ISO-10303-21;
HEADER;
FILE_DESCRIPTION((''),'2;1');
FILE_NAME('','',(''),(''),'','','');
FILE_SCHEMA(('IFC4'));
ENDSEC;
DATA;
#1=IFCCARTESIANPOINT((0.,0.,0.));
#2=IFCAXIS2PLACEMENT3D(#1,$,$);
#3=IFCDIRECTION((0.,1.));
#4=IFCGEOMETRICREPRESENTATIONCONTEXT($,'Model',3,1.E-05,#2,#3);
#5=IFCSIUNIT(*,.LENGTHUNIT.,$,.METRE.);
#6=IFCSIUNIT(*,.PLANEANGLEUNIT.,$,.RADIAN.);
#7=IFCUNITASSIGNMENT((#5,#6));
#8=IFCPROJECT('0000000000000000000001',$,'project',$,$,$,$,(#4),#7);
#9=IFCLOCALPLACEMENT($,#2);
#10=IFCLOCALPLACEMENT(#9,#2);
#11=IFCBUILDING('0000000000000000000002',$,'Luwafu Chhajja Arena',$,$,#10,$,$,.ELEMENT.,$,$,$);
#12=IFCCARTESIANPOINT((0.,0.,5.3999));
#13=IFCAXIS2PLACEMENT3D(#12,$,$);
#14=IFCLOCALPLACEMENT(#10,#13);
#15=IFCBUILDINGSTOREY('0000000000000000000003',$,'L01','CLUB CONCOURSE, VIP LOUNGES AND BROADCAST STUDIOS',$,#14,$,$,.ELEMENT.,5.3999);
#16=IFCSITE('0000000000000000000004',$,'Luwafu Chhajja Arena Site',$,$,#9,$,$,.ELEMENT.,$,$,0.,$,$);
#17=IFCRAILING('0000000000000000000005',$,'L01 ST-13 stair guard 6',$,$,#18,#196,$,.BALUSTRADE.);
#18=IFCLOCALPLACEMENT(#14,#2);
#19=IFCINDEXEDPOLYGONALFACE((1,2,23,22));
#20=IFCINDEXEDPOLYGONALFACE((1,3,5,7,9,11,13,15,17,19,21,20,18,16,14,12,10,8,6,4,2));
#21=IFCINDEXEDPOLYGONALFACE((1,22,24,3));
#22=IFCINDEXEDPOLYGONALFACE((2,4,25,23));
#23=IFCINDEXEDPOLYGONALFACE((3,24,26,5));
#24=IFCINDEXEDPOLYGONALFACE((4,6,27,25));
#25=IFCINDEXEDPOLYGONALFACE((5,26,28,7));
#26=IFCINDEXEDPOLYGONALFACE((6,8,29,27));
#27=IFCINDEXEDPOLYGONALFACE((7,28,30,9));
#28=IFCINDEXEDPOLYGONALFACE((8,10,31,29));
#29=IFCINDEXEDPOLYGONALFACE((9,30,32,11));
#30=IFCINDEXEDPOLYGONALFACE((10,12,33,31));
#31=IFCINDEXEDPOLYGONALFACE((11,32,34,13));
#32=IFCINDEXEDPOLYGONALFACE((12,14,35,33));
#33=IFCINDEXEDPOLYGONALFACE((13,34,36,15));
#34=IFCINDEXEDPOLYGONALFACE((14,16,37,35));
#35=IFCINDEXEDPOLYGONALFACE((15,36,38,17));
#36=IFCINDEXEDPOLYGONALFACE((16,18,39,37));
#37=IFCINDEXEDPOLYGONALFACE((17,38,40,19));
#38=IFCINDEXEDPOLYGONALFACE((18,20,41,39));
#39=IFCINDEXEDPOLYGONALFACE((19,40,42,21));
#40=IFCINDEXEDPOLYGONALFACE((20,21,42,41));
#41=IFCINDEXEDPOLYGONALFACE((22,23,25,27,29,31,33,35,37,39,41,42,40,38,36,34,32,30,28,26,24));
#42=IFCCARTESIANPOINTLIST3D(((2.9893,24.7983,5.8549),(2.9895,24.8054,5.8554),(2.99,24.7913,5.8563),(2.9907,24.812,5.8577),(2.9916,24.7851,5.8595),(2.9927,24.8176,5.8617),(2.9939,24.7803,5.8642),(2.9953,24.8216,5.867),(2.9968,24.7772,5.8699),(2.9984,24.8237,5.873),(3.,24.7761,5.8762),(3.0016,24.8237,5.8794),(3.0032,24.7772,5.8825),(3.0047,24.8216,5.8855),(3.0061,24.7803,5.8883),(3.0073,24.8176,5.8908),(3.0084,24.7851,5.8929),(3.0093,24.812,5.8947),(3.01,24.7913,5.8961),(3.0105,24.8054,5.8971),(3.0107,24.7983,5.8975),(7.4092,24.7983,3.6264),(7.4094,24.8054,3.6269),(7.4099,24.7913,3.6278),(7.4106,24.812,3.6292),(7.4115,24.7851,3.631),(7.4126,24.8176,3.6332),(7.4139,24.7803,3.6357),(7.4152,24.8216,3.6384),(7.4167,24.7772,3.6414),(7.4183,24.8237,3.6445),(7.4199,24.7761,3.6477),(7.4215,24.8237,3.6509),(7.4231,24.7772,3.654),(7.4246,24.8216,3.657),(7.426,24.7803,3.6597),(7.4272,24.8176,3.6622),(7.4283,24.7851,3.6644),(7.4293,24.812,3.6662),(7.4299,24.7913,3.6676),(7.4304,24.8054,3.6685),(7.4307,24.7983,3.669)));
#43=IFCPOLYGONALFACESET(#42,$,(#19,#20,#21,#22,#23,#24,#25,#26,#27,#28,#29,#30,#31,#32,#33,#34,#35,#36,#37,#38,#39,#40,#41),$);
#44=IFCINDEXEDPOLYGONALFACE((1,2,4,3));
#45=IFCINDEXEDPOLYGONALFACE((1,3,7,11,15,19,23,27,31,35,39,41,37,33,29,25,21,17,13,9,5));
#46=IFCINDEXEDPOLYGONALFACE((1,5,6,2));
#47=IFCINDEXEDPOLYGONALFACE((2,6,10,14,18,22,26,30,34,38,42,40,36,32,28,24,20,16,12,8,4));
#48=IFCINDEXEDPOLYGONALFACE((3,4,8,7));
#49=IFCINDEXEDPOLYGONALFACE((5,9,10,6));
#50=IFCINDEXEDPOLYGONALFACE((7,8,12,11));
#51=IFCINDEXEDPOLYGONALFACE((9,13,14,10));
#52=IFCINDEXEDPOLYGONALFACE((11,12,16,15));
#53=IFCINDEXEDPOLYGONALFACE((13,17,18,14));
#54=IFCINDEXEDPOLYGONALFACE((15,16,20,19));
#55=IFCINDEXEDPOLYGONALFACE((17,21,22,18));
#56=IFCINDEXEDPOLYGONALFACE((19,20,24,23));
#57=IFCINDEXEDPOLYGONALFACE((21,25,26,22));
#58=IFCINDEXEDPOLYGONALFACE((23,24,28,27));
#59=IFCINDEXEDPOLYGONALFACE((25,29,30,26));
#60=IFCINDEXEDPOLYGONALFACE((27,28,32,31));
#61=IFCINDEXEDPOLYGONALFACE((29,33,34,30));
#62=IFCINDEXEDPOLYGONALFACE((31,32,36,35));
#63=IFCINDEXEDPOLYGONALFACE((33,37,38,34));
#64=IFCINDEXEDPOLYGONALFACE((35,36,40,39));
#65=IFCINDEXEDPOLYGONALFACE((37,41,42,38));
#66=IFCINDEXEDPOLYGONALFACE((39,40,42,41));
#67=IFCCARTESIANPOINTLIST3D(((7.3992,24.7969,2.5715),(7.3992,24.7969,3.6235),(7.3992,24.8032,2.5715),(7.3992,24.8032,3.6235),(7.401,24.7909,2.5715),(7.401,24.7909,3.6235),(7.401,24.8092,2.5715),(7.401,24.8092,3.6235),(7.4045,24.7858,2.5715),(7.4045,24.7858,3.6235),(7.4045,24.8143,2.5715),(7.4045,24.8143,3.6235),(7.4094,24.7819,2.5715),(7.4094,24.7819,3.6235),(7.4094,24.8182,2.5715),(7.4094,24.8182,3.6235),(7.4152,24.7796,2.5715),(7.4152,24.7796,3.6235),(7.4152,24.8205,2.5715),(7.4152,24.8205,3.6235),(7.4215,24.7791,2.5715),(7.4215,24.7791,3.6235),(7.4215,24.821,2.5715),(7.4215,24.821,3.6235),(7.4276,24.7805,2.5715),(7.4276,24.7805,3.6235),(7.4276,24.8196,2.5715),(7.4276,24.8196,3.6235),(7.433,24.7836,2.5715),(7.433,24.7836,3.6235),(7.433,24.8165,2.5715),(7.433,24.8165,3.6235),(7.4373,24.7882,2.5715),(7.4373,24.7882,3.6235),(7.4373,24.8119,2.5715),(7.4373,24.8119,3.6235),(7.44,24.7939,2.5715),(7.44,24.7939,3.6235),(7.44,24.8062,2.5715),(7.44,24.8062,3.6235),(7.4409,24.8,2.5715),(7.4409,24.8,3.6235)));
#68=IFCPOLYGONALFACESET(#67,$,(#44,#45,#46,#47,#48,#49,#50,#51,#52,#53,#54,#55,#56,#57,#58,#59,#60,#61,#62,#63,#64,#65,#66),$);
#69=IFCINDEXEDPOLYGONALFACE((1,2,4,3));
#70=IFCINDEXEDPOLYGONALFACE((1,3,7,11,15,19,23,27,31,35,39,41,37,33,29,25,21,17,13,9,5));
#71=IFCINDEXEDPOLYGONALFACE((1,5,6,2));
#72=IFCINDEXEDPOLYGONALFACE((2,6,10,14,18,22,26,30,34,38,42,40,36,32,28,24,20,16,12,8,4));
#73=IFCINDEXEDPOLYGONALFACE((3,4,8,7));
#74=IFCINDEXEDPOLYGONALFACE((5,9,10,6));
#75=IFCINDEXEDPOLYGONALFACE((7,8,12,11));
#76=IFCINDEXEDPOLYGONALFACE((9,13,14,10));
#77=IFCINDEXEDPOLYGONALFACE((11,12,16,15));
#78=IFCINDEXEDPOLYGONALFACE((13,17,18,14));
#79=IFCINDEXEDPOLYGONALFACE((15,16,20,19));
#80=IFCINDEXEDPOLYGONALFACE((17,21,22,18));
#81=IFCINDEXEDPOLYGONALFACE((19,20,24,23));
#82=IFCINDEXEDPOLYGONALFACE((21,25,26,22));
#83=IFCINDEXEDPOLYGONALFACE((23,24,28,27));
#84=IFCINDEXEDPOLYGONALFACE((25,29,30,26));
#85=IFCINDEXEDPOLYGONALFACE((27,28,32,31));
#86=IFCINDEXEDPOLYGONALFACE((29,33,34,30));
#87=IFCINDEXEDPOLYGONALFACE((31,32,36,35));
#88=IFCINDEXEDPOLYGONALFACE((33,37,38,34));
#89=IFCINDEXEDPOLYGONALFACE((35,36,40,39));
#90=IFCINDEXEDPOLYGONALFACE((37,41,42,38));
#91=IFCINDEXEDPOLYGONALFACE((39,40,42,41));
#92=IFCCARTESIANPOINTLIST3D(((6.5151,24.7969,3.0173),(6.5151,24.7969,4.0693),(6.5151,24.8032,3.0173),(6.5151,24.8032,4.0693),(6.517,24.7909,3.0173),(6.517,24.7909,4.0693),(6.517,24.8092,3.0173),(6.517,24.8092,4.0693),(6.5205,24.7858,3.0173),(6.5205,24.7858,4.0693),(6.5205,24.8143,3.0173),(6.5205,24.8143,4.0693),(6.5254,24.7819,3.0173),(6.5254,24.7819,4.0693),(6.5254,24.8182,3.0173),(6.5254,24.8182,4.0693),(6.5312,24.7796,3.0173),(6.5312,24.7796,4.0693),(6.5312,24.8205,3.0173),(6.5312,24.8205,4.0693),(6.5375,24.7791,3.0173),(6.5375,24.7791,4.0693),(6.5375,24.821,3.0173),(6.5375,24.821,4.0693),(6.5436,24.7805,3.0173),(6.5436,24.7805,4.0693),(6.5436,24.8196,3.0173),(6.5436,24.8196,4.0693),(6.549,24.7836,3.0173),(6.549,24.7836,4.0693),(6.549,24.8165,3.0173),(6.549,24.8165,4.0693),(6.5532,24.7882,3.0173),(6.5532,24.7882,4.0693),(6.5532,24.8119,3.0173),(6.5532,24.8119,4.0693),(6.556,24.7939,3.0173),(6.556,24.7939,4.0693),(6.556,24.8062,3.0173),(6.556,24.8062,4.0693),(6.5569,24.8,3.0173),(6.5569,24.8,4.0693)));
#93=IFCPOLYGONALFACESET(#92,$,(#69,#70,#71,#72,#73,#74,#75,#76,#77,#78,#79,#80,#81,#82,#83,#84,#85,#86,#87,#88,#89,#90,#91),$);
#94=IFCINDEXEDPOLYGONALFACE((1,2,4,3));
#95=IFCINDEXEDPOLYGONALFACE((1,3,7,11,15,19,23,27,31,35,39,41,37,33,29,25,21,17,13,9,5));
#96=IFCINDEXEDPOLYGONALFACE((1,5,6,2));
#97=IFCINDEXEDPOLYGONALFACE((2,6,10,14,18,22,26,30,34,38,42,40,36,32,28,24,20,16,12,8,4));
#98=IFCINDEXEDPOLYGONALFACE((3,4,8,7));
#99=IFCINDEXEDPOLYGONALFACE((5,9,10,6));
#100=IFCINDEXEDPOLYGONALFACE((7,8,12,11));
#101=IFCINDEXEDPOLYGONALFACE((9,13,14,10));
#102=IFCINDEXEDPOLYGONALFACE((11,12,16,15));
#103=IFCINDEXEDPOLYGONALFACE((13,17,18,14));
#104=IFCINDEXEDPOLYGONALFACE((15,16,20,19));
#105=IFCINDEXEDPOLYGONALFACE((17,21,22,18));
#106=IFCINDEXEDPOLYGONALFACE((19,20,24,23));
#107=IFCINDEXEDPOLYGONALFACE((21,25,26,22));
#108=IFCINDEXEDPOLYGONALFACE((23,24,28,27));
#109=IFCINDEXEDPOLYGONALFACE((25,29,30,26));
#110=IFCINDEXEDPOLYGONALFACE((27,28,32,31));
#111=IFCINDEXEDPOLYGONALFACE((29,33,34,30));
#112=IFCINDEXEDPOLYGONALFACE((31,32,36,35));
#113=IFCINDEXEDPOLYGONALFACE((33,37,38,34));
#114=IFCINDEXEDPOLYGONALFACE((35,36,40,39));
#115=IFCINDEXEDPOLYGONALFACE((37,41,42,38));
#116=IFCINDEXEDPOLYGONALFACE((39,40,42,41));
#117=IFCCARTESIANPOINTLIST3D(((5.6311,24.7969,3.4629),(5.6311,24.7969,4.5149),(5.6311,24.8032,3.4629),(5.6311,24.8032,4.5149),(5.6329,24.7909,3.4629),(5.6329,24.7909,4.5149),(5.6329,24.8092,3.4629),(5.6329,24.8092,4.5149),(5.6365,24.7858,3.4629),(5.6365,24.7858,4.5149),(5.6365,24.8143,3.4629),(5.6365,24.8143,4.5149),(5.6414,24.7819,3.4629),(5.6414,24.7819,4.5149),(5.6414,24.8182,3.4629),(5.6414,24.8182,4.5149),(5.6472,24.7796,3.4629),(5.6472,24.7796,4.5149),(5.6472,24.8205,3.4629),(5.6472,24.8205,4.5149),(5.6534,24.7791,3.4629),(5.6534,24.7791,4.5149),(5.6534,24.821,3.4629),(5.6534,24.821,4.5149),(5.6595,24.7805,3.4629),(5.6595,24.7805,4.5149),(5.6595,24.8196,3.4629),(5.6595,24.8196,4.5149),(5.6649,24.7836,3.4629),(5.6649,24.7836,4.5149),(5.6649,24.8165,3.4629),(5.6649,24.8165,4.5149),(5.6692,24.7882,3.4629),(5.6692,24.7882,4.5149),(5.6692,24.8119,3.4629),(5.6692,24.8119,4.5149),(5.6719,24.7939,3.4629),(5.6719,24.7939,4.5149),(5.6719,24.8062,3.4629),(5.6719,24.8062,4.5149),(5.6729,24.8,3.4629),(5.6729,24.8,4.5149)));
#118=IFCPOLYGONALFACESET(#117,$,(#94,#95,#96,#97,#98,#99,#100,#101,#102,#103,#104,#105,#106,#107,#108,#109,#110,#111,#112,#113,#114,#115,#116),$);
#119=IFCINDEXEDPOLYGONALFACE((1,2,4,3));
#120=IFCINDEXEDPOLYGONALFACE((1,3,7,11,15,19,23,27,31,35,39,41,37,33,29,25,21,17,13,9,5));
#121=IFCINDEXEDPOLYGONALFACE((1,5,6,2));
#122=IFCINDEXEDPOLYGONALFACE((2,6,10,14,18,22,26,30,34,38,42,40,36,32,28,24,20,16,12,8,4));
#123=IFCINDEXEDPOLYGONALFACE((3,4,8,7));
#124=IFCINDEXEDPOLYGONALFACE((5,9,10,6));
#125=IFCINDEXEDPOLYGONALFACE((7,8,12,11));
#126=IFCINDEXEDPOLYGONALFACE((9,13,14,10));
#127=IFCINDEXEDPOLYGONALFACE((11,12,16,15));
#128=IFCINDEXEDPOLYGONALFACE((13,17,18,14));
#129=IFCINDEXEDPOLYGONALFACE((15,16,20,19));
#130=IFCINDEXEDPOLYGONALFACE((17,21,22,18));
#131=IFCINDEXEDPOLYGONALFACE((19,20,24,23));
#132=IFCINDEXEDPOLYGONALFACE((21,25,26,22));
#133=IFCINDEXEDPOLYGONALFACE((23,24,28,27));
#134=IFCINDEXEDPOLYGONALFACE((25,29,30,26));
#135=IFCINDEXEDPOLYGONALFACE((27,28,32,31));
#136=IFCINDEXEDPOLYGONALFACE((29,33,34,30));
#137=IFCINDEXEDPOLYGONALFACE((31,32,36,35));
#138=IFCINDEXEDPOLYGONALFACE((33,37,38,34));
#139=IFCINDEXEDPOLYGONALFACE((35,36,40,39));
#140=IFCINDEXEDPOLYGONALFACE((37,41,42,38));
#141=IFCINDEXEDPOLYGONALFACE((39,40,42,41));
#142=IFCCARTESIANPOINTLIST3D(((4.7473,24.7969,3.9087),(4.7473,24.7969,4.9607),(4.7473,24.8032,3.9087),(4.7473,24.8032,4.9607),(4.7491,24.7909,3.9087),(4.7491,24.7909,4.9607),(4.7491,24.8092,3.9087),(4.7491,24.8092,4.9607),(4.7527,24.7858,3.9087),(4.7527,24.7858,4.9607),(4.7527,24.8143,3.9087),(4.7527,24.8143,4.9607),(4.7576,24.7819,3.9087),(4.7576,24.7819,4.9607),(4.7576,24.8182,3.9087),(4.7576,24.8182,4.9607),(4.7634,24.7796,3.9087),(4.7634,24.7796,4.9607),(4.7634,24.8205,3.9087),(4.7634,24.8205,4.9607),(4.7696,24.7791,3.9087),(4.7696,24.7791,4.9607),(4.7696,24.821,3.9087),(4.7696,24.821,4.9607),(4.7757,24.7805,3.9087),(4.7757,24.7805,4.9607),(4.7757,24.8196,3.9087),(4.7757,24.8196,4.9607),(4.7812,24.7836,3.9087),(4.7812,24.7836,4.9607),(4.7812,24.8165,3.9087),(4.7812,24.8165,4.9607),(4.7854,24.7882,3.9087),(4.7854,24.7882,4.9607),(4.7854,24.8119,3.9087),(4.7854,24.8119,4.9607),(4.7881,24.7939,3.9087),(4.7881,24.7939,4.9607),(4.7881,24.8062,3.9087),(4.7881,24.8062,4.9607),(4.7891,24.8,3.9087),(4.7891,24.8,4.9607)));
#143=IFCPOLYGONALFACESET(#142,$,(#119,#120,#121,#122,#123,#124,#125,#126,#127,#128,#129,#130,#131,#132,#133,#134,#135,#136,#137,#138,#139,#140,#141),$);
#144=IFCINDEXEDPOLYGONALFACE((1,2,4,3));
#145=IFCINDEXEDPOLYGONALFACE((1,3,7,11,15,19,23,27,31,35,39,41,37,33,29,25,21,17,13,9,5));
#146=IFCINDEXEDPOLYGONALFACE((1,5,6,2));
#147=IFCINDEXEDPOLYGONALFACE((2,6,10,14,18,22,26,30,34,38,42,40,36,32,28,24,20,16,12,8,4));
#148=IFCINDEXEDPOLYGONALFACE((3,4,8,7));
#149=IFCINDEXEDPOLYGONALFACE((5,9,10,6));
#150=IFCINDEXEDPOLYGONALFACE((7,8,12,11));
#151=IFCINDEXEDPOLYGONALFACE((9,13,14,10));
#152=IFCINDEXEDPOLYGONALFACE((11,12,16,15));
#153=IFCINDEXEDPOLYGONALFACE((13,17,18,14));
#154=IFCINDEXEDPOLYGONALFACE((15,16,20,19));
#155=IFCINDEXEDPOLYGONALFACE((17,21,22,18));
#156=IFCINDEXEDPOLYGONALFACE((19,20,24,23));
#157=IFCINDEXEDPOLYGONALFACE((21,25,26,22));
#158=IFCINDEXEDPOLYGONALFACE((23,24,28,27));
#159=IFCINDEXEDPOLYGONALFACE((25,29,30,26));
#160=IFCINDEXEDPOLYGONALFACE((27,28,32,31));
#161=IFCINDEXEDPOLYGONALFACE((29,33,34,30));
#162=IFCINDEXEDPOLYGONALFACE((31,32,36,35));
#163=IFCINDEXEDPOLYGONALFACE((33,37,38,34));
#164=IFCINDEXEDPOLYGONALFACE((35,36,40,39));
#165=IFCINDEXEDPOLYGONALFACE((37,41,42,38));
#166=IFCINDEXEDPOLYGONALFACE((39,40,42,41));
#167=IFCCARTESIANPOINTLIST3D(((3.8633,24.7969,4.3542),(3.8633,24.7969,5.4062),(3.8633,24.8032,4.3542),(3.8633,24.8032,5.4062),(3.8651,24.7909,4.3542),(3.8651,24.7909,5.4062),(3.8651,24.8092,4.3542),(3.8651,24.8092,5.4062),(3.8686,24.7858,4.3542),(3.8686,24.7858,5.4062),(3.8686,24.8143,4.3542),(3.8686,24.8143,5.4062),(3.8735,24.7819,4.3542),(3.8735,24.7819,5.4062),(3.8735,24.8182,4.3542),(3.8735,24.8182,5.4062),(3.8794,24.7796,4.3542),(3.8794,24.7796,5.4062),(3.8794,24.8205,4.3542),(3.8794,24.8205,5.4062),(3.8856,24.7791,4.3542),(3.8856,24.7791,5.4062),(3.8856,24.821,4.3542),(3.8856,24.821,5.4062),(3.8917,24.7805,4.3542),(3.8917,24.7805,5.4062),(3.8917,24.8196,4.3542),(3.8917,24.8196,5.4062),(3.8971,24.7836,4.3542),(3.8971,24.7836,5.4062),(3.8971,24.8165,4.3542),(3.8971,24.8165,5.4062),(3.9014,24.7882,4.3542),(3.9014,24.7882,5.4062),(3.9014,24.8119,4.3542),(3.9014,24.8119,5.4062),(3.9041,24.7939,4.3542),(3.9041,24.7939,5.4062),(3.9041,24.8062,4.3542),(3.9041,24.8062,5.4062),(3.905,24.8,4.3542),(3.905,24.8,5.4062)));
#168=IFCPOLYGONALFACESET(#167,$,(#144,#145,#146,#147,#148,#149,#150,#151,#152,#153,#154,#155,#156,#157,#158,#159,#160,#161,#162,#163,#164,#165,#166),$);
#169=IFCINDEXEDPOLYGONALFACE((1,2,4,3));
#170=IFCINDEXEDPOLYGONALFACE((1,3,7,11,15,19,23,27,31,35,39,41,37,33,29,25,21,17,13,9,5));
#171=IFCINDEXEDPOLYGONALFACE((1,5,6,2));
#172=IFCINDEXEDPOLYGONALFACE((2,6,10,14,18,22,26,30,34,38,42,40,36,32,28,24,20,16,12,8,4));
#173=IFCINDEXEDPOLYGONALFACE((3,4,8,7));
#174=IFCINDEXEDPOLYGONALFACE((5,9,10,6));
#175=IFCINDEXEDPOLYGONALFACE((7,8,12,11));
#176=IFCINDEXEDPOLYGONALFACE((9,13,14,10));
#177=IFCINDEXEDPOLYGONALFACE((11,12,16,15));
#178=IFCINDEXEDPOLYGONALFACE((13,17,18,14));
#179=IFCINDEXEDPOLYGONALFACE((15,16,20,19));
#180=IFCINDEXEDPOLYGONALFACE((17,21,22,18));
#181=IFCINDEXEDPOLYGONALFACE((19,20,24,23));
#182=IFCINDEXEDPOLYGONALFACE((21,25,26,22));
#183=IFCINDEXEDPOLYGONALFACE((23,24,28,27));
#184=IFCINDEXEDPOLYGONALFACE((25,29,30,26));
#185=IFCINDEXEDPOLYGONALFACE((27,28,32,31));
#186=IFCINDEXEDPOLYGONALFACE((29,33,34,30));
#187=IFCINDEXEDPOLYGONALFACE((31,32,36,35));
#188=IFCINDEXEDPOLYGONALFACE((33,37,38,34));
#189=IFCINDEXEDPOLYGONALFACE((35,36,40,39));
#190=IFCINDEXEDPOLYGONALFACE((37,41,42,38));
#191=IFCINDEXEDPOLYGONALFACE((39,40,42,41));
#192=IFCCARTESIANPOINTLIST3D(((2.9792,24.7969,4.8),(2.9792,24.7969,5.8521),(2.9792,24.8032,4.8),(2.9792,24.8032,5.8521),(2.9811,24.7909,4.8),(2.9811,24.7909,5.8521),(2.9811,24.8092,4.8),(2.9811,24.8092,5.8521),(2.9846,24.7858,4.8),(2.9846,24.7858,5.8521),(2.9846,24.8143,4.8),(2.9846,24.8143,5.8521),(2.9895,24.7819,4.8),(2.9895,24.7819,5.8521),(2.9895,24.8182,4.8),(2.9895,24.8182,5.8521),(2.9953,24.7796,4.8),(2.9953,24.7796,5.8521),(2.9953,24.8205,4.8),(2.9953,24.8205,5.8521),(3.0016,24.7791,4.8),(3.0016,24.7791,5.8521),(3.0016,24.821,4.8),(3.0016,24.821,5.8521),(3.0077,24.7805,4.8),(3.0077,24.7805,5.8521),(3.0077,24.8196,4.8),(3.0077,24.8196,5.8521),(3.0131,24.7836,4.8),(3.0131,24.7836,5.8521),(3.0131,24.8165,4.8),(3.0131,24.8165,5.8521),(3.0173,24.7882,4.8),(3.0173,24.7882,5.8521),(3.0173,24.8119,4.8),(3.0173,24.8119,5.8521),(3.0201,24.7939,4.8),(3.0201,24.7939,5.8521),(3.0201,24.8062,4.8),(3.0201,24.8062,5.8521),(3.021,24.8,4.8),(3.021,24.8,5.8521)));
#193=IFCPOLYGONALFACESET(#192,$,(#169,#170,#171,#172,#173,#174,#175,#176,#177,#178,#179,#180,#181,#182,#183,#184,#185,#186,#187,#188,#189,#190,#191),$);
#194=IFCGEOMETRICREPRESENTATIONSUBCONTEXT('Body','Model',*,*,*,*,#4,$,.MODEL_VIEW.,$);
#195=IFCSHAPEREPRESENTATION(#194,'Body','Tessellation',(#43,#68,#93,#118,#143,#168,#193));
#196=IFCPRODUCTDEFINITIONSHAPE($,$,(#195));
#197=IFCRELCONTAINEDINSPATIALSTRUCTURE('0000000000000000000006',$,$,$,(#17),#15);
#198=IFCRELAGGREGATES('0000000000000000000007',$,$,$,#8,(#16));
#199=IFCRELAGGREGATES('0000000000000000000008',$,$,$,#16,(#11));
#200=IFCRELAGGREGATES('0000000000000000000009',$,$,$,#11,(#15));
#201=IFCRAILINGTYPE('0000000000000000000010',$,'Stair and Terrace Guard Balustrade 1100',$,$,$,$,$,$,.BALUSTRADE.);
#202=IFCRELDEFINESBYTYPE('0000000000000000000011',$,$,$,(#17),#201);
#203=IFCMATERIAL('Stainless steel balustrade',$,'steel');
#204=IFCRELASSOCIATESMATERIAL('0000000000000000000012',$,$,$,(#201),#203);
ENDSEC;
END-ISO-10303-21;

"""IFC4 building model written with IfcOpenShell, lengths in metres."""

from ifc_helpers import new_model, si_unit, direction, frame, origin, origin_2d, place, context, subcontext, project, spatial, circle, extrude, material, type_object, element, save


model = new_model("IFC4")

# Units and contexts
model_context = context("Model", 3, precision=1e-05, world=origin(), true_north=direction((0.0, 1.0)))
body_context = subcontext(model_context, "Body", "Model", "MODEL_VIEW")
ifc_project = project(units=[si_unit("LENGTHUNIT", "METRE"), si_unit("PLANEANGLEUNIT", "RADIAN")], contexts=[model_context])

# Site, building, storey
site_placement = place(None, origin())
site = spatial("IfcSite", under=ifc_project, at=site_placement, Name="Luwafu Chhajja Arena Site", CompositionType="ELEMENT", RefElevation=0.0)
building_placement = place(site_placement, origin())
building = spatial("IfcBuilding", under=site, at=building_placement, Name="Luwafu Chhajja Arena", CompositionType="ELEMENT")
storey_placement = place(building_placement, frame((0.0, 0.0, 5.3999)))
storey = spatial("IfcBuildingStorey", under=building, at=storey_placement, Name="L01", Description="CLUB CONCOURSE, VIP LOUNGES AND BROADCAST STUDIOS", CompositionType="ELEMENT", Elevation=5.3999)

# Railing
ifc_material_1 = material(Name="Stainless steel balustrade", Category="steel")
railing_type_1 = type_object("IfcRailingType", Name="Stair and Terrace Guard Balustrade 1100", PredefinedType="BALUSTRADE", material=ifc_material_1)
railing_1_placement = place(storey_placement, frame((7.4199, 24.8, 2.5715)))
element("IfcRailing", 1, at=railing_1_placement, inside=storey, type_object=railing_type_1, Name="L01 ST-13 stair guard 6", PredefinedType="BALUSTRADE", context=body_context, shape_type="SweptSolid", body=[
    extrude(circle(Radius=0.0239, at=origin_2d()), frame((0.0, 0.0, 1.0762), z_axis=(-0.892923, 0.0, 0.45021), x_axis=(0.0, -1.0, 0.0)), (0.0, 0.0, 1.0), 4.95),
    extrude(circle(Radius=0.021, at=origin_2d()), origin(), (0.0, 0.0, 1.0), 1.052),
    extrude(circle(Radius=0.021, at=origin_2d()), frame((-0.884, 0.0, 0.4458)), (0.0, 0.0, 1.0), 1.052),
    extrude(circle(Radius=0.021, at=origin_2d()), frame((-1.7681, 0.0, 0.8914)), (0.0, 0.0, 1.0), 1.052),
    extrude(circle(Radius=0.021, at=origin_2d()), frame((-2.6519, 0.0, 1.3372)), (0.0, 0.0, 1.0), 1.052),
    extrude(circle(Radius=0.021, at=origin_2d()), frame((-3.5359, 0.0, 1.7827)), (0.0, 0.0, 1.0), 1.052),
    extrude(circle(Radius=0.021, at=origin_2d()), frame((-4.4199, 0.0, 2.2285)), (0.0, 0.0, 1.0), 1.052),
])

save(model, "model.ifc")
